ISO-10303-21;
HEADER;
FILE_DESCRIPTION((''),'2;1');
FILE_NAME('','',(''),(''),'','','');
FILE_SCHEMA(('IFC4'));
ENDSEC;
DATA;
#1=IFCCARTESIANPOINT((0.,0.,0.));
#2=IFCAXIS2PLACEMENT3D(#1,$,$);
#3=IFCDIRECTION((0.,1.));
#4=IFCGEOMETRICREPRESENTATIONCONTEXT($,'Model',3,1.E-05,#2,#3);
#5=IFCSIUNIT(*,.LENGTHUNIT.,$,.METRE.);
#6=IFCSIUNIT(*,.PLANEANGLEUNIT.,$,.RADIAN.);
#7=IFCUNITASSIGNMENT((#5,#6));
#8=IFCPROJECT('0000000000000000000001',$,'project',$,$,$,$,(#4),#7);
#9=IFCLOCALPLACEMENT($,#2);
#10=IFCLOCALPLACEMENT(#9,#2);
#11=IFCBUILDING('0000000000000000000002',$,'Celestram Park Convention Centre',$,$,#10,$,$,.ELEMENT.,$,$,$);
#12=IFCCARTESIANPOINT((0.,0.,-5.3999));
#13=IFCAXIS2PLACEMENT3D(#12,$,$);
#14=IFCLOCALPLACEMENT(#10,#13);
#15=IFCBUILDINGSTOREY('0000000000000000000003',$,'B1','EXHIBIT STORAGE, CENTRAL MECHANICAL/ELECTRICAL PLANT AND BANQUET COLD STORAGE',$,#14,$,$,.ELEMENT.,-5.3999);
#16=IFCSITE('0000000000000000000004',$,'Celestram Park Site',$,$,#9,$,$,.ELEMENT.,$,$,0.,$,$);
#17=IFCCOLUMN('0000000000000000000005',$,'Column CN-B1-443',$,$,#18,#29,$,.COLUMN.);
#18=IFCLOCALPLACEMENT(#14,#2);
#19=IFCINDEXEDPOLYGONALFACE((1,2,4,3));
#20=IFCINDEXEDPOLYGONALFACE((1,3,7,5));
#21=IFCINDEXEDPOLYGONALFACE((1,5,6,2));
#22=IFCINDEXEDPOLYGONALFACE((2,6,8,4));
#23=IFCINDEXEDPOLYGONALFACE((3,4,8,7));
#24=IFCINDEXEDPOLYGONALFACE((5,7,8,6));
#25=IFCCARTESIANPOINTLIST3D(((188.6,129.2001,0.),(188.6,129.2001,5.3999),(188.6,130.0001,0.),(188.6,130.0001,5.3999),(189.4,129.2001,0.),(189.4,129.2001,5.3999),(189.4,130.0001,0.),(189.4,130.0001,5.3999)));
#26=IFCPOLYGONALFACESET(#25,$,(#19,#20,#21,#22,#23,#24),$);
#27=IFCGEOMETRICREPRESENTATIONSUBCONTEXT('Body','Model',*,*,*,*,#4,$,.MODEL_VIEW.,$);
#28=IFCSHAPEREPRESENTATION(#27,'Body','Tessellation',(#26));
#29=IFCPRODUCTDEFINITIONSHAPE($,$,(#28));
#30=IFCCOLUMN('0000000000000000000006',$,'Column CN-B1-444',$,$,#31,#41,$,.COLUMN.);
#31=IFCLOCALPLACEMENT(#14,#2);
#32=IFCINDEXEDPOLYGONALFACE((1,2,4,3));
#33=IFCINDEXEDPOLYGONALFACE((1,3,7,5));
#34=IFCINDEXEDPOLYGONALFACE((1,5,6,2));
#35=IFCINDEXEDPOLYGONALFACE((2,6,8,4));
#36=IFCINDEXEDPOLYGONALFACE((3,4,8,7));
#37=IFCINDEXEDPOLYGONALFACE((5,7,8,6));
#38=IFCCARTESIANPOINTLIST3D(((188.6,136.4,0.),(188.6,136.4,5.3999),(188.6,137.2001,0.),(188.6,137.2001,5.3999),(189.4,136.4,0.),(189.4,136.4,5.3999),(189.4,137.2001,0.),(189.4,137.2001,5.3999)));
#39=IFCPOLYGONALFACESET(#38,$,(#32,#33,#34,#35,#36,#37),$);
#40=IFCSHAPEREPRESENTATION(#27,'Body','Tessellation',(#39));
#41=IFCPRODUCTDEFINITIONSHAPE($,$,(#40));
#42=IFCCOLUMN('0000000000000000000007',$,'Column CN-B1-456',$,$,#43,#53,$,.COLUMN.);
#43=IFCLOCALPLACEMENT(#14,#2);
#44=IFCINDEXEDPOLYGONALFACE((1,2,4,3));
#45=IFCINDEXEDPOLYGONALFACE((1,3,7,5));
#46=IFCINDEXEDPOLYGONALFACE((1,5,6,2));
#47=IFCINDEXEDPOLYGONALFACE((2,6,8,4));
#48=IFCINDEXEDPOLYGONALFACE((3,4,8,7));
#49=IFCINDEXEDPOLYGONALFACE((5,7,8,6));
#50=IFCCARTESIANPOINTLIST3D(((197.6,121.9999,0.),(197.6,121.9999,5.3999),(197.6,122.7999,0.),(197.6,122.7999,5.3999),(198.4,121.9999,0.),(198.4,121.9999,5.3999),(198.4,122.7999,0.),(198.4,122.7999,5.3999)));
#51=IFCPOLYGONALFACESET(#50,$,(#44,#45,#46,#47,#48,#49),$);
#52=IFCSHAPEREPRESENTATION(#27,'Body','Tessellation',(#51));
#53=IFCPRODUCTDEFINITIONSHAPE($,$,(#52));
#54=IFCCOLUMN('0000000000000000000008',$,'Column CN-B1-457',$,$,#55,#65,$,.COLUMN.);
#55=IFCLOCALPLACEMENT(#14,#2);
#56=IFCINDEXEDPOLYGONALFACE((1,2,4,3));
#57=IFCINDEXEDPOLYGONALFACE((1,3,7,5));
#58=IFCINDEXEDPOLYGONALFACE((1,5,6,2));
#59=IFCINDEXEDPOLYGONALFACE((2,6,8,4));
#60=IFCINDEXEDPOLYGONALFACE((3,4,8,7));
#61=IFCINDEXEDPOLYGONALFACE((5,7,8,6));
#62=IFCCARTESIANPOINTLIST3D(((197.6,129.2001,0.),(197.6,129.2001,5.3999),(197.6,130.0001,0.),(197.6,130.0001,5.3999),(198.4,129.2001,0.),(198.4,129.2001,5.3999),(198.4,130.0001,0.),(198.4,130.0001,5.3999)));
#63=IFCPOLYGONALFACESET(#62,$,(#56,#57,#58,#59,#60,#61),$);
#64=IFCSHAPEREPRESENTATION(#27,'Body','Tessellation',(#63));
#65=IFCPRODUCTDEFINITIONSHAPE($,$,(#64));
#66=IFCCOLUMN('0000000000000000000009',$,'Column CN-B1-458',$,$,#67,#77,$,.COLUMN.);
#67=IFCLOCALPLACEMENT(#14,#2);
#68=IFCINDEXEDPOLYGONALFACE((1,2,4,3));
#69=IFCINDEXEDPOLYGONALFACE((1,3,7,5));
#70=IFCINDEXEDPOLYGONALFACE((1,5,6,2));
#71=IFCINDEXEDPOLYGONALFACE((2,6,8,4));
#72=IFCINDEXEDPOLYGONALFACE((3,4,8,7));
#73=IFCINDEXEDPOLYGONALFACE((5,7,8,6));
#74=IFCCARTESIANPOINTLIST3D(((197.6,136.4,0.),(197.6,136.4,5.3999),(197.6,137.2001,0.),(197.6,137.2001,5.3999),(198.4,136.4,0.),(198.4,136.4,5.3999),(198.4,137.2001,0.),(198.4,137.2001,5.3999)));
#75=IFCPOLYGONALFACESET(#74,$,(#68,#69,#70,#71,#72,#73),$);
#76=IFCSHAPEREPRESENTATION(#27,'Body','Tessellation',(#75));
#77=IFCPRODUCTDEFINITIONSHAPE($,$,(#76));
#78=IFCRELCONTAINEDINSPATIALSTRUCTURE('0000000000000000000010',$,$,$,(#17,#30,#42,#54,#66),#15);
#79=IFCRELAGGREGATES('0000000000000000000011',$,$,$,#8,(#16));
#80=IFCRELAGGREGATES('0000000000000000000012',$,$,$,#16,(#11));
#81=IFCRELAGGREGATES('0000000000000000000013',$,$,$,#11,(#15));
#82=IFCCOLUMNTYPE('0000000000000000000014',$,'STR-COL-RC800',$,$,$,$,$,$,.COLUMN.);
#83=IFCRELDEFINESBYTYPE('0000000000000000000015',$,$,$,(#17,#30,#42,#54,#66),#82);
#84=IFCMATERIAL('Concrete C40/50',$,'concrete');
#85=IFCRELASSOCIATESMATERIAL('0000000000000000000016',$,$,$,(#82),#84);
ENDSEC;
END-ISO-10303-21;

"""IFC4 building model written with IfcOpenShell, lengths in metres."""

from ifc_helpers import new_model, si_unit, direction, frame, origin, origin_2d, place, context, subcontext, project, spatial, rectangle, extrude, material, material_profile, profile_set, type_object, element, save


model = new_model("IFC4")

# Units and contexts
model_context = context("Model", 3, precision=1e-05, world=origin(), true_north=direction((0.0, 1.0)))
body_context = subcontext(model_context, "Body", "Model", "MODEL_VIEW")
ifc_project = project(units=[si_unit("LENGTHUNIT", "METRE"), si_unit("PLANEANGLEUNIT", "RADIAN")], contexts=[model_context])

# Site, building, storey
site_placement = place(None, origin())
site = spatial("IfcSite", under=ifc_project, at=site_placement, Name="Celestram Park Site", CompositionType="ELEMENT", RefElevation=0.0)
building_placement = place(site_placement, origin())
building = spatial("IfcBuilding", under=site, at=building_placement, Name="Celestram Park Convention Centre", CompositionType="ELEMENT")
storey_placement = place(building_placement, frame((0.0, 0.0, -5.3999)))
storey = spatial("IfcBuildingStorey", under=building, at=storey_placement, Name="B1", Description="EXHIBIT STORAGE, CENTRAL MECHANICAL/ELECTRICAL PLANT AND BANQUET COLD STORAGE", CompositionType="ELEMENT", Elevation=-5.3999)

# Shared definitions
ifc_material_1 = material(Name="Concrete C40/50", Category="concrete")

# Columns
ifc_material_profile_1 = material_profile(ifc_material_1, rectangle(XDim=0.8, YDim=0.8, at=origin_2d()), Name="RC800X800")
ifc_profile_set_1 = profile_set([ifc_material_profile_1], Name="Concrete C40/50")
column_type = type_object("IfcColumnType", Name="STR-COL-RC800", PredefinedType="COLUMN", material=ifc_profile_set_1)
for number, where, z_axis, x_axis, name in (
    (1, (189.0, 129.6001, 0.0), (0.0, 0.0, 1.0), (1.0, 0.0, 0.0), "Column CN-B1-443"),
    (2, (189.0, 136.8, 0.0), (0.0, 0.0, 1.0), (1.0, 0.0, 0.0), "Column CN-B1-444"),
    (3, (198.0, 122.3999, 0.0), (0.0, 0.0, 1.0), (1.0, 0.0, 0.0), "Column CN-B1-456"),
    (4, (198.0, 129.6001, 0.0), (0.0, 0.0, 1.0), (1.0, 0.0, 0.0), "Column CN-B1-457"),
    (5, (198.0, 136.8, 0.0), (0.0, 0.0, 1.0), (1.0, 0.0, 0.0), "Column CN-B1-458"),
):
    element("IfcColumn", number, at=place(storey_placement, frame(where, z_axis=z_axis, x_axis=x_axis)), inside=storey, type_object=column_type, Name=name, PredefinedType="COLUMN", context=body_context, shape_type="SweptSolid", body=[
        extrude(rectangle(XDim=0.8, YDim=0.8, at=origin_2d()), origin(), (0.0, 0.0, 1.0), 5.3999),
    ])

save(model, "model.ifc")
